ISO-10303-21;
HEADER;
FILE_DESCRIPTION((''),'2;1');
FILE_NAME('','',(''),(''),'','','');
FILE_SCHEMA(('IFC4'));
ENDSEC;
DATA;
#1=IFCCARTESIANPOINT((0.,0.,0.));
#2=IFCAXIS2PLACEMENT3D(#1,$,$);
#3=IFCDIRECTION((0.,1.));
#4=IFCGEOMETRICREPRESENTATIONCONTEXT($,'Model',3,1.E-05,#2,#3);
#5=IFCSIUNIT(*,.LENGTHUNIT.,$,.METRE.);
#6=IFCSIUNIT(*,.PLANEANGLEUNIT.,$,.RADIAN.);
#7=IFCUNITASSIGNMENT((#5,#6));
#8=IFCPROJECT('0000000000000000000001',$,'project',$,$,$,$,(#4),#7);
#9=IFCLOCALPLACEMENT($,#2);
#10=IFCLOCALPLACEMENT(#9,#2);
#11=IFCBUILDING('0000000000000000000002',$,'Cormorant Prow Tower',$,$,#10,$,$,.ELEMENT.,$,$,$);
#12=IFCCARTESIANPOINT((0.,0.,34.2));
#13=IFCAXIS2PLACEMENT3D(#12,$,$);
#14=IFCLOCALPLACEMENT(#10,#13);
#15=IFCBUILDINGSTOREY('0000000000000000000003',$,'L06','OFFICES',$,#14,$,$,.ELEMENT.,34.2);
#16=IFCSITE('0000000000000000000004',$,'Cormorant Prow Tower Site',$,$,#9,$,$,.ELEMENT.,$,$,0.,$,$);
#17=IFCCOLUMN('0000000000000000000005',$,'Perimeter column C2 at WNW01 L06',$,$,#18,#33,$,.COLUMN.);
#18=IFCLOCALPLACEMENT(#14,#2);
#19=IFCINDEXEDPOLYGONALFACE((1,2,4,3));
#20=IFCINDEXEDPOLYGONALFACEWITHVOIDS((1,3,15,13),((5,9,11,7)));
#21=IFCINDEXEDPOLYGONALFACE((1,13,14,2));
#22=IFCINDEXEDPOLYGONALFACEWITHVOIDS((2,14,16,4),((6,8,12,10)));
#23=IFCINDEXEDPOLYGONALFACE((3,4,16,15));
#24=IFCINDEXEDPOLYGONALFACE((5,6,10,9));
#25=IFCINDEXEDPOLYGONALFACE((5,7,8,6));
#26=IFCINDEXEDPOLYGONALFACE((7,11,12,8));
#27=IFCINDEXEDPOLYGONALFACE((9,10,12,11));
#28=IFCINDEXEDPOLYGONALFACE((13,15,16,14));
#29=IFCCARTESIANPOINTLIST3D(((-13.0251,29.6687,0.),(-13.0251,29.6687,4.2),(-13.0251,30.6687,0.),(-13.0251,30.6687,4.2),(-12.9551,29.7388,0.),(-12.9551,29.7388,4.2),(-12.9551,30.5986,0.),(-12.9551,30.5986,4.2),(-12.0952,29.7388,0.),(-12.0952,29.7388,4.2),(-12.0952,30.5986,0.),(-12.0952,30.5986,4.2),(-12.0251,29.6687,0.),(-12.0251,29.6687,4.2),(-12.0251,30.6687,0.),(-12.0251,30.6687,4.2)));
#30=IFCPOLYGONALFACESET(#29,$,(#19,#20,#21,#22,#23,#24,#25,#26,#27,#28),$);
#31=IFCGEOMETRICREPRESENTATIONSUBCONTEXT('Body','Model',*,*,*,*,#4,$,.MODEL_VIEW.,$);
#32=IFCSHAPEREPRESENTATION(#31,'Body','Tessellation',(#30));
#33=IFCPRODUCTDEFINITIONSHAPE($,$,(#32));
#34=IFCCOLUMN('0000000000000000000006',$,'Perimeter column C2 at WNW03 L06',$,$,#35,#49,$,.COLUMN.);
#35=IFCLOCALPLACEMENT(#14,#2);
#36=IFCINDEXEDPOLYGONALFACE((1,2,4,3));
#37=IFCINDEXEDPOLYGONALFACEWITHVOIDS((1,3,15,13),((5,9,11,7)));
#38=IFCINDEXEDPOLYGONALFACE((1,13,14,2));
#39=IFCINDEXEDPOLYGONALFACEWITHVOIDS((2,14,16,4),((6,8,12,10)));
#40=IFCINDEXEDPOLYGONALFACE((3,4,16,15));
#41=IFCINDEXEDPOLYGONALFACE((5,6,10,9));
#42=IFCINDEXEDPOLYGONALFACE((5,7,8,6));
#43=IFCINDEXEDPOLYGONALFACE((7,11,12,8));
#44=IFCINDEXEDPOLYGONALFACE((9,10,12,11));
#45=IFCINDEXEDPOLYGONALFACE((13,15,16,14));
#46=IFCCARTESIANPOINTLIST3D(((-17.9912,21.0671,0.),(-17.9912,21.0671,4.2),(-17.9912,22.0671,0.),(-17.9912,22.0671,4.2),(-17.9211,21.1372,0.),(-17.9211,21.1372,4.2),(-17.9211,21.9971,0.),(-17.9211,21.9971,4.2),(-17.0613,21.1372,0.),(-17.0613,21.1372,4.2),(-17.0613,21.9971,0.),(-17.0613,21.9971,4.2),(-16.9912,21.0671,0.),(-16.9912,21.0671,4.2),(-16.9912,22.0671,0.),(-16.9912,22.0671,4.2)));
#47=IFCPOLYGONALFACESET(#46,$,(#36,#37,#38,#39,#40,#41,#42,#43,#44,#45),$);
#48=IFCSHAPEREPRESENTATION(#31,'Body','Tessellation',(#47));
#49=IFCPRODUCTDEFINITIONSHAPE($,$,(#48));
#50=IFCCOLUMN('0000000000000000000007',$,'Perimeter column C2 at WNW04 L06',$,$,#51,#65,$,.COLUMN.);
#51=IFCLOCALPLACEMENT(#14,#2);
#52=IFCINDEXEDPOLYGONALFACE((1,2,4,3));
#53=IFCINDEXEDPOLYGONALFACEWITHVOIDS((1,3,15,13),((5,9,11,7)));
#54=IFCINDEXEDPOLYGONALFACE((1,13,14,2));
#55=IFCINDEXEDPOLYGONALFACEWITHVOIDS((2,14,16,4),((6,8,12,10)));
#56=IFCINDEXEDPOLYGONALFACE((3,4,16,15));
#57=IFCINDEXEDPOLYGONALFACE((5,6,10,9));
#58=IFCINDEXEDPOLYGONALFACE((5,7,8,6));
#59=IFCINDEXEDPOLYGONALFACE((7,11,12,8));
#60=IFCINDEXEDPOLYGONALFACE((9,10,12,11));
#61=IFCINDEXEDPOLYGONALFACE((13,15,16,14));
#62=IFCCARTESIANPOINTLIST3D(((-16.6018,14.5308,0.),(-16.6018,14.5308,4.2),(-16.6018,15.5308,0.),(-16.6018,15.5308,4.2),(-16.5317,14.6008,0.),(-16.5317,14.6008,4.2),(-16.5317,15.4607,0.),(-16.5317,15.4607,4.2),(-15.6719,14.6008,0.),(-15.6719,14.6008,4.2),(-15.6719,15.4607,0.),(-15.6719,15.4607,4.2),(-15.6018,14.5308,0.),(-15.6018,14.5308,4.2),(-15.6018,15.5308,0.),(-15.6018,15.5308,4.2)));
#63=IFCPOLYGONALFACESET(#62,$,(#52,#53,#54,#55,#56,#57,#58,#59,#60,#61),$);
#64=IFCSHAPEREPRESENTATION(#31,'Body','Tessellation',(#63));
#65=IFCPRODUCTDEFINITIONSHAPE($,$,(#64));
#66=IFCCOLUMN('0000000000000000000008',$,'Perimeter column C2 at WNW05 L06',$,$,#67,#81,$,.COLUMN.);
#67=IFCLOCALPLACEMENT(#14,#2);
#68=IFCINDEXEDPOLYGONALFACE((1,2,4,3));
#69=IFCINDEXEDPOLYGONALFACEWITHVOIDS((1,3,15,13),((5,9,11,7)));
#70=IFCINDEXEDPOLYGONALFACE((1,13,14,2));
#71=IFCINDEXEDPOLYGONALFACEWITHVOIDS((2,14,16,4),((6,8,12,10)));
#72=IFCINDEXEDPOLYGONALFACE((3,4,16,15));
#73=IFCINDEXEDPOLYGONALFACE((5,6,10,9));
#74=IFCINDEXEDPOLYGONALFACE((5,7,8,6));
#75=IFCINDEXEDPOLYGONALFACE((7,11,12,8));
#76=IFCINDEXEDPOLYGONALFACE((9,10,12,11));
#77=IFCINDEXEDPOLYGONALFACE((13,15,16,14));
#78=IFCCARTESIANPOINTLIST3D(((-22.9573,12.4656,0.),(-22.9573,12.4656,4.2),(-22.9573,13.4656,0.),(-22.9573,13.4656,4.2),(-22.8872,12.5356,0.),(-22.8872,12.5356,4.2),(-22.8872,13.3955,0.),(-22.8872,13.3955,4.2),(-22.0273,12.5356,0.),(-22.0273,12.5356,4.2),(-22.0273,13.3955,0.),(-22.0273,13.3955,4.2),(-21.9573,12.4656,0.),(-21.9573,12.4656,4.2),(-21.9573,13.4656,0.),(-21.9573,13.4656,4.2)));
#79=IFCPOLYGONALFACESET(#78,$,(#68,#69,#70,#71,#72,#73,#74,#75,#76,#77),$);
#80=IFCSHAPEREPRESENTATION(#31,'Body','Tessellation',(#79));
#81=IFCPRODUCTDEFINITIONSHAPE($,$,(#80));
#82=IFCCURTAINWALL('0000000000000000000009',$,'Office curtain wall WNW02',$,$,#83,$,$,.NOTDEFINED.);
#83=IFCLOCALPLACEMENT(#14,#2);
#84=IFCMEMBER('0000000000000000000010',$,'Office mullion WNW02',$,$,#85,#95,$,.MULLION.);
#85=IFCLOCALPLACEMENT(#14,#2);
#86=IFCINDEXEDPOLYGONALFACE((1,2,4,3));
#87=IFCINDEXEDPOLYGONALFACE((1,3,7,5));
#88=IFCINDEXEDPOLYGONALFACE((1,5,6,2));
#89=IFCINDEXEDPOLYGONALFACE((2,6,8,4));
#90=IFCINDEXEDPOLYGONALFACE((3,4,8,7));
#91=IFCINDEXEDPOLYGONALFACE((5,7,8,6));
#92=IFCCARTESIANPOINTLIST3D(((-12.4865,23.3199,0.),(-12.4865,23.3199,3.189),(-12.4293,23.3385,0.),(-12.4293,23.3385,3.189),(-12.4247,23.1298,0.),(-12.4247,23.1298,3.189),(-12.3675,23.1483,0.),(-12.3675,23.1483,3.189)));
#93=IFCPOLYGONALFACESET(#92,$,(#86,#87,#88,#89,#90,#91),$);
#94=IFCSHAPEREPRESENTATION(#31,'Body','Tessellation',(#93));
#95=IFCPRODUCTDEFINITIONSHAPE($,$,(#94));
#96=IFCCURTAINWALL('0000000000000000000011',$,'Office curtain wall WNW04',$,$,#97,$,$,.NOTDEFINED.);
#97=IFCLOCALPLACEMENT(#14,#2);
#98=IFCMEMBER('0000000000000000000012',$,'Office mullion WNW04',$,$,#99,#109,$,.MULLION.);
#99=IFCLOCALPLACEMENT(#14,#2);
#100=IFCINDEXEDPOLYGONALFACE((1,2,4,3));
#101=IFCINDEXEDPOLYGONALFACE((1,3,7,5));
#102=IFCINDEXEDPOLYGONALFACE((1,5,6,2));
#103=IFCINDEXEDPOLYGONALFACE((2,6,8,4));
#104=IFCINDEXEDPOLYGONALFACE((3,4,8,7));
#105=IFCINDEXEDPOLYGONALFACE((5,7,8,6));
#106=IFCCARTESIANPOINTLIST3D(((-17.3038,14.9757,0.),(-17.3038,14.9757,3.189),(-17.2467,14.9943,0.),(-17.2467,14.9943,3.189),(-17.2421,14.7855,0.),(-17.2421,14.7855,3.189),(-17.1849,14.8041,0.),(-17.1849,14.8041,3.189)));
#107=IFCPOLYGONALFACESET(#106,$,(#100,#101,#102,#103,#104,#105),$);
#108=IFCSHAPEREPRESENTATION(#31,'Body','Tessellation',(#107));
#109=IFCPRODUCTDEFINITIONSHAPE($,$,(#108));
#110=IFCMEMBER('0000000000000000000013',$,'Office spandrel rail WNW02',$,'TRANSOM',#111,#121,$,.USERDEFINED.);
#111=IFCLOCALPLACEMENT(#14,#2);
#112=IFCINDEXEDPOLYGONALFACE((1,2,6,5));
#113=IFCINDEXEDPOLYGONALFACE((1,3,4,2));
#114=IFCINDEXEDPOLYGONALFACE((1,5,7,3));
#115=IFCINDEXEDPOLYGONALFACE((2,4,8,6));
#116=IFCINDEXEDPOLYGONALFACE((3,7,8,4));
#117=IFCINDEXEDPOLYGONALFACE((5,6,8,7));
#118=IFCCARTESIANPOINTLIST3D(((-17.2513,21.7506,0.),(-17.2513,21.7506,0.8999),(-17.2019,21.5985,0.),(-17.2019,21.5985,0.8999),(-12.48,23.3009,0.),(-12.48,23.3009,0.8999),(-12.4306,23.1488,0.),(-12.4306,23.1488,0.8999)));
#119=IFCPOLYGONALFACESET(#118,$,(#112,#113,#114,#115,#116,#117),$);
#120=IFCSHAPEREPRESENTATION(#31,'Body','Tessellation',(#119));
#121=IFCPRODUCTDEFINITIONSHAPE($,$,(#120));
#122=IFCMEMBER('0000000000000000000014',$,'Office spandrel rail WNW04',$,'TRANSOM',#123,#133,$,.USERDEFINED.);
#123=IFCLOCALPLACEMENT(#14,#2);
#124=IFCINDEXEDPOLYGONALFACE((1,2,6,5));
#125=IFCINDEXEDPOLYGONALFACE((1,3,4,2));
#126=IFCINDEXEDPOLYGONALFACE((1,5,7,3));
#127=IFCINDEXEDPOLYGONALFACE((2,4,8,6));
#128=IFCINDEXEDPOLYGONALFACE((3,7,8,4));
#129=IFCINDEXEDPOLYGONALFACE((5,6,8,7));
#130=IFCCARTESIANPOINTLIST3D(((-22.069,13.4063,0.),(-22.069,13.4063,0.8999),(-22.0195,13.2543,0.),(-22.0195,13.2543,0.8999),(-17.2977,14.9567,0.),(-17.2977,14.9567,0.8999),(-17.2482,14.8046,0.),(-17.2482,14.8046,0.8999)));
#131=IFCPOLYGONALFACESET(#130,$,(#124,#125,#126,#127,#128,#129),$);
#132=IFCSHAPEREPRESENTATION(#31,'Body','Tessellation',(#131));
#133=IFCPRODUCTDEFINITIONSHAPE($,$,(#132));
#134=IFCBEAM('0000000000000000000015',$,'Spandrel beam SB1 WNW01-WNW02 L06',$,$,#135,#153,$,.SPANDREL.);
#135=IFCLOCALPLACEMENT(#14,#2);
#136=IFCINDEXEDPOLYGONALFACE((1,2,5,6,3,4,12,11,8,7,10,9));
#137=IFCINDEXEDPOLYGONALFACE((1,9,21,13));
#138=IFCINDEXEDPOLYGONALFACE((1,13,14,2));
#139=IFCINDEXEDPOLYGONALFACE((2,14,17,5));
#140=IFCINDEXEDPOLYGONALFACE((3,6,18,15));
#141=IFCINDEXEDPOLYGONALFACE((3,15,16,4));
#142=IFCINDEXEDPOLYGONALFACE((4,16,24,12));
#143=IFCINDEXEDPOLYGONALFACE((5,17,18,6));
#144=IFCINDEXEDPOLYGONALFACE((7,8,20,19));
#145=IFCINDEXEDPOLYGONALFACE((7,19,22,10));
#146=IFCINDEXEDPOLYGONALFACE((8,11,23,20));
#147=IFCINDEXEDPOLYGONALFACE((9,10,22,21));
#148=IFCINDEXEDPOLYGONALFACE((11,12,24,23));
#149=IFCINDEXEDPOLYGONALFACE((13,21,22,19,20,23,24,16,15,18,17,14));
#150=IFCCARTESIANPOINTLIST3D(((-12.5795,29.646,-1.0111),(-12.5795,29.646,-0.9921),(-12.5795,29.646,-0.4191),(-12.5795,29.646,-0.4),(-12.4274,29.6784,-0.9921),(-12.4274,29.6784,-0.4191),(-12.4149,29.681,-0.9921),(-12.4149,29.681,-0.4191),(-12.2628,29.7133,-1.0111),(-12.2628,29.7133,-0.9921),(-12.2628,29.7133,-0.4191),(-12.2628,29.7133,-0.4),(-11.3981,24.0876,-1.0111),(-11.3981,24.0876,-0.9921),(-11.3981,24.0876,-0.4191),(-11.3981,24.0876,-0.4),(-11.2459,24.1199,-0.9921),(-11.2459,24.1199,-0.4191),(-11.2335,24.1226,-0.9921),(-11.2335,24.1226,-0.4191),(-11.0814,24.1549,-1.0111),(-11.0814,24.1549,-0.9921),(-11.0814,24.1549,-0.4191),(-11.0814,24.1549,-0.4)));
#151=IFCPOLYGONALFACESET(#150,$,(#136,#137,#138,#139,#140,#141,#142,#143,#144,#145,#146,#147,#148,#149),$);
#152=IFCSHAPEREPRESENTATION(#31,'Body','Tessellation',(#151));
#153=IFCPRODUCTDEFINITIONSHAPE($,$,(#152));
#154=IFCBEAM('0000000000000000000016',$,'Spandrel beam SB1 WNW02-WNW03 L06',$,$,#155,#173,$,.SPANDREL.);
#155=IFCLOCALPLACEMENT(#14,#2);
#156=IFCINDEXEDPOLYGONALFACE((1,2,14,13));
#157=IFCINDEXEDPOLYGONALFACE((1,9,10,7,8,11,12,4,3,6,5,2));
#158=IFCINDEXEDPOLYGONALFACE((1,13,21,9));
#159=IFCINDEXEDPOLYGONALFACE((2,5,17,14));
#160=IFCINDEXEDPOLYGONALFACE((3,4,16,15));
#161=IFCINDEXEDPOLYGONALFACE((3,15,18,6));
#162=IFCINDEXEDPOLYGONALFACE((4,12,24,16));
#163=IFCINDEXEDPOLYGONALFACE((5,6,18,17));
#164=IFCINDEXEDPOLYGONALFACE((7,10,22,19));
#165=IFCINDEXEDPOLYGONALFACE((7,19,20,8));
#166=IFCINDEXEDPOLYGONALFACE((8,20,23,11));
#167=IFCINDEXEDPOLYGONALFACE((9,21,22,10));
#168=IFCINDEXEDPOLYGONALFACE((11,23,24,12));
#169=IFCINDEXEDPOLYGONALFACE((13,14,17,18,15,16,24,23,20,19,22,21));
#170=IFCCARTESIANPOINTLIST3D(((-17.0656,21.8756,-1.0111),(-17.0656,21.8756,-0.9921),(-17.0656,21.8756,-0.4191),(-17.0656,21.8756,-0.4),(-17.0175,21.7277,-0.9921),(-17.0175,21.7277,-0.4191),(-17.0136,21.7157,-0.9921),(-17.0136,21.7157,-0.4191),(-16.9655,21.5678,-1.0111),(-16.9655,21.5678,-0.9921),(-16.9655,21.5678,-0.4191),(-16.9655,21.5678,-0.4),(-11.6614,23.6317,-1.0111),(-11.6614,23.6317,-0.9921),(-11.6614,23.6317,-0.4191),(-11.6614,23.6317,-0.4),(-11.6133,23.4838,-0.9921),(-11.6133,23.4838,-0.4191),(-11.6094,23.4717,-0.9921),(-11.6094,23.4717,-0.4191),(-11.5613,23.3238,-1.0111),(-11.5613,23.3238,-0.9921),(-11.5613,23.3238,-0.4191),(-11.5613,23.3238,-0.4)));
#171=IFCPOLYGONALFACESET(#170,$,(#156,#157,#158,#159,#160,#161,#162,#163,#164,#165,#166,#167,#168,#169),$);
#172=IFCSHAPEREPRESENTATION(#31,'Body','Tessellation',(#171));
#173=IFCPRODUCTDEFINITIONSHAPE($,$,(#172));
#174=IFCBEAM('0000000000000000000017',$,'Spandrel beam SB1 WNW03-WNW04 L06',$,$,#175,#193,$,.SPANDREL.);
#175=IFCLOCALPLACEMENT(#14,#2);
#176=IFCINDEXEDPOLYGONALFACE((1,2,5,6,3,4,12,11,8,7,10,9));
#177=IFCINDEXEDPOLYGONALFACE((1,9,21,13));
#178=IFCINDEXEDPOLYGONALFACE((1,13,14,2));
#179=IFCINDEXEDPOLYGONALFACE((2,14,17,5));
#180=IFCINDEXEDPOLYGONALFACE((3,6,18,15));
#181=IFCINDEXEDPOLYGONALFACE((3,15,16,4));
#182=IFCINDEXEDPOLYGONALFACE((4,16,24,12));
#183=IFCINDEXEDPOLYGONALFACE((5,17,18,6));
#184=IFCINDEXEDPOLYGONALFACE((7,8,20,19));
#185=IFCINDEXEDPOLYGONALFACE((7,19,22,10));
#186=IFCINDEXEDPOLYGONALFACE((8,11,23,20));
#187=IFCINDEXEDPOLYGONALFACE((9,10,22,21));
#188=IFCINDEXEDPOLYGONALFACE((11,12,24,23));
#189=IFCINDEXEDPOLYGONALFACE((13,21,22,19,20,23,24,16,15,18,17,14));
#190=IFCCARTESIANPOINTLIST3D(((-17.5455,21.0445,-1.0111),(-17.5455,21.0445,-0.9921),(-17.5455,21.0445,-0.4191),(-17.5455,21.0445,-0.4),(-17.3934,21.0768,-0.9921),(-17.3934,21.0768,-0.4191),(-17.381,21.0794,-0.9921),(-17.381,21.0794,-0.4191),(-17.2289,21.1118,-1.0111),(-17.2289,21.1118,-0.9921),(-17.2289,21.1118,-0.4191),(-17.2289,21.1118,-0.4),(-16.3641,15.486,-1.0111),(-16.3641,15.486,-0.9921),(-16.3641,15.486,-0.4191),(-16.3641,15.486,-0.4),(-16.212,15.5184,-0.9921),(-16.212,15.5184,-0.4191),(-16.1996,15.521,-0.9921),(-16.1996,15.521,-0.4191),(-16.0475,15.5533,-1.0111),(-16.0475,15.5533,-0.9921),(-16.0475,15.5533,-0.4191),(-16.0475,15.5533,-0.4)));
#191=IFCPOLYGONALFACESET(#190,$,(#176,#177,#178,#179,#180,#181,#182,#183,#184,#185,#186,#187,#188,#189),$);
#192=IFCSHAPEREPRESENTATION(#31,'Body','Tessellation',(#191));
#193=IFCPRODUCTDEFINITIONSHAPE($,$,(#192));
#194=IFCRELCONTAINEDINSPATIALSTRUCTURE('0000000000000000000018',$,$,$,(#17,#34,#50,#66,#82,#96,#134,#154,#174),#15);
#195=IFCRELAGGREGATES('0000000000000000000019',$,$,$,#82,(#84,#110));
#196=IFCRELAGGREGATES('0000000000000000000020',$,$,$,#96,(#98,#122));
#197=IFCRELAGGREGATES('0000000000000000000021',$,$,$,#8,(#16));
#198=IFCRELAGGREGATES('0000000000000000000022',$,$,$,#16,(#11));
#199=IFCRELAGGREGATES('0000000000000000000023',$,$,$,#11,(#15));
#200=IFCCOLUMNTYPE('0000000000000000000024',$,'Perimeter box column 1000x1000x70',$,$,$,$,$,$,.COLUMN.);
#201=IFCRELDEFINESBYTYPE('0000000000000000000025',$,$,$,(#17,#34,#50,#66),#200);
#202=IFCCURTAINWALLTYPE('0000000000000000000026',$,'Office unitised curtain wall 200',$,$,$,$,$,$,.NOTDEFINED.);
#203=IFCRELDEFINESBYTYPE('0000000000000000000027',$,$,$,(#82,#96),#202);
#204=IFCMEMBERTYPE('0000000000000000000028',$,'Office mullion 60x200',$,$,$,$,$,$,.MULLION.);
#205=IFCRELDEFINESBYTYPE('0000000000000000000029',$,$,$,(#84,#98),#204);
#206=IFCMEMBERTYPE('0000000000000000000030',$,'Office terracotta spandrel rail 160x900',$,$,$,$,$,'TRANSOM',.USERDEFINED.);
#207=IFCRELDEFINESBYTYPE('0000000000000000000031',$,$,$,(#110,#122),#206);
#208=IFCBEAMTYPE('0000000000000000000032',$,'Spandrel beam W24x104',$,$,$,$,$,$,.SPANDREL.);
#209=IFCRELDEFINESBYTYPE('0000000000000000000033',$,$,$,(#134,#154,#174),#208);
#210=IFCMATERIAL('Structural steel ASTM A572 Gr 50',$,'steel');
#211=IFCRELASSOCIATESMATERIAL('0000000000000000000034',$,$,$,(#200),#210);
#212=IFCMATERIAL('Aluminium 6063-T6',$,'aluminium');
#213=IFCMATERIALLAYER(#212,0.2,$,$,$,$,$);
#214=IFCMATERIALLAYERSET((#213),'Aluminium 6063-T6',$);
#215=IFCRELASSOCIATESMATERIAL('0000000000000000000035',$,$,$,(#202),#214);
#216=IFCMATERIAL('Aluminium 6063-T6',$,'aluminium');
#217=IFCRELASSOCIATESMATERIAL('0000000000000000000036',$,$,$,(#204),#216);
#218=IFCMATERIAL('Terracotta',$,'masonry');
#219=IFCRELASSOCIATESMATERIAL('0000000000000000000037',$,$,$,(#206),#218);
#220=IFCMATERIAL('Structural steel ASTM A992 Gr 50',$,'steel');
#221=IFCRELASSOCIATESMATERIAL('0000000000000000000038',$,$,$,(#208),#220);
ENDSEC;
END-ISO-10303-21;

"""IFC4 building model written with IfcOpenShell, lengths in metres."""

from ifc_helpers import new_model, si_unit, direction, frame, origin, origin_2d, place, context, subcontext, project, spatial, rectangle, hollow_rectangle, i_section, extrude, material, layer, layer_set, material_profile, profile_set, type_object, element, aggregate, save


model = new_model("IFC4")

# Units and contexts
model_context = context("Model", 3, precision=1e-05, world=origin(), true_north=direction((0.0, 1.0)))
body_context = subcontext(model_context, "Body", "Model", "MODEL_VIEW")
ifc_project = project(units=[si_unit("LENGTHUNIT", "METRE"), si_unit("PLANEANGLEUNIT", "RADIAN")], contexts=[model_context])

# Site, building, storey
site_placement = place(None, origin())
site = spatial("IfcSite", under=ifc_project, at=site_placement, Name="Cormorant Prow Tower Site", CompositionType="ELEMENT", RefElevation=0.0)
building_placement = place(site_placement, origin())
building = spatial("IfcBuilding", under=site, at=building_placement, Name="Cormorant Prow Tower", CompositionType="ELEMENT")
storey_placement = place(building_placement, frame((0.0, 0.0, 34.2)))
storey = spatial("IfcBuildingStorey", under=building, at=storey_placement, Name="L06", Description="OFFICES", CompositionType="ELEMENT", Elevation=34.2)

# Columns
ifc_material_1 = material(Name="Structural steel ASTM A572 Gr 50", Category="steel")
ifc_material_profile_1 = material_profile(ifc_material_1, hollow_rectangle(XDim=1.0, YDim=1.0, WallThickness=0.0701, at=origin_2d()), Name="Box 1000x1000x70")
ifc_profile_set_1 = profile_set([ifc_material_profile_1], Name="Structural steel ASTM A572 Gr 50")
column_type = type_object("IfcColumnType", Name="Perimeter box column 1000x1000x70", PredefinedType="COLUMN", material=ifc_profile_set_1)
for number, where, z_axis, x_axis, name in (
    (1, (-12.5251, 30.1687, 0.0), (0.0, 0.0, 1.0), (1.0, 0.0, 0.0), "Perimeter column C2 at WNW01 L06"),
    (2, (-17.4912, 21.5671, 0.0), (0.0, 0.0, 1.0), (1.0, 0.0, 0.0), "Perimeter column C2 at WNW03 L06"),
    (3, (-16.1018, 15.0308, 0.0), (0.0, 0.0, 1.0), (1.0, 0.0, 0.0), "Perimeter column C2 at WNW04 L06"),
    (4, (-22.4573, 12.9656, 0.0), (0.0, 0.0, 1.0), (1.0, 0.0, 0.0), "Perimeter column C2 at WNW05 L06"),
):
    element("IfcColumn", number, at=place(storey_placement, frame(where, z_axis=z_axis, x_axis=x_axis)), inside=storey, type_object=column_type, Name=name, PredefinedType="COLUMN", context=body_context, shape_type="SweptSolid", body=[
        extrude(hollow_rectangle(XDim=1.0, YDim=1.0, WallThickness=0.0701, at=origin_2d()), origin(), (0.0, 0.0, 1.0), 4.2),
    ])

# Curtain walls, members
ifc_material_2 = material(Name="Aluminium 6063-T6", Category="aluminium")
ifc_layer_1 = layer(ifc_material_2, 0.2)
ifc_layer_set_1 = layer_set([ifc_layer_1], Name="Aluminium 6063-T6")
curtain_wall_type = type_object("IfcCurtainWallType", Name="Office unitised curtain wall 200", PredefinedType="NOTDEFINED", material=ifc_layer_set_1)
curtain_wall_1_placement = place(storey_placement, origin())
curtain_wall_1 = element("IfcCurtainWall", 5, at=curtain_wall_1_placement, inside=storey, type_object=curtain_wall_type, Name="Office curtain wall WNW02", PredefinedType="NOTDEFINED")
ifc_material_3 = material(Name="Aluminium 6063-T6", Category="aluminium")
ifc_material_profile_2 = material_profile(ifc_material_3, rectangle(XDim=0.2, YDim=0.0601, at=origin_2d()), Name="Office mullion 60x200")
ifc_profile_set_2 = profile_set([ifc_material_profile_2], Name="Aluminium 6063-T6")
member_type_1 = type_object("IfcMemberType", Name="Office mullion 60x200", PredefinedType="MULLION", material=ifc_profile_set_2)
member_1_placement = place(storey_placement, frame((-12.427, 23.2341, 0.0), z_axis=(0.0, 0.0, 1.0), x_axis=(0.309017, -0.951057, 0.0)))
member_1 = element("IfcMember", 6, at=member_1_placement, type_object=member_type_1, Name="Office mullion WNW02", PredefinedType="MULLION", context=body_context, shape_type="SweptSolid", body=[
    extrude(rectangle(XDim=0.2, YDim=0.0601, at=origin_2d()), origin(), (0.0, 0.0, 1.0), 3.189),
])
curtain_wall_2_placement = place(storey_placement, origin())
curtain_wall_2 = element("IfcCurtainWall", 7, at=curtain_wall_2_placement, inside=storey, type_object=curtain_wall_type, Name="Office curtain wall WNW04", PredefinedType="NOTDEFINED")
member_2_placement = place(storey_placement, frame((-17.2444, 14.8899, 0.0), z_axis=(0.0, 0.0, 1.0), x_axis=(0.309017, -0.951057, 0.0)))
member_2 = element("IfcMember", 8, at=member_2_placement, type_object=member_type_1, Name="Office mullion WNW04", PredefinedType="MULLION", context=body_context, shape_type="SweptSolid", body=[
    extrude(rectangle(XDim=0.2, YDim=0.0601, at=origin_2d()), origin(), (0.0, 0.0, 1.0), 3.189),
])

# Members
ifc_material_4 = material(Name="Terracotta", Category="masonry")
ifc_material_profile_3 = material_profile(ifc_material_4, rectangle(XDim=0.1599, YDim=0.8999, at=origin_2d()), Name="Office terracotta spandrel rail 160x900")
ifc_profile_set_3 = profile_set([ifc_material_profile_3], Name="Terracotta")
member_type_2 = type_object("IfcMemberType", Name="Office terracotta spandrel rail 160x900", ElementType="TRANSOM", PredefinedType="USERDEFINED", material=ifc_profile_set_3)
member_3_placement = place(storey_placement, frame((-12.4553, 23.2249, 0.45), z_axis=(-0.951055, -0.309021, 0.0), x_axis=(0.309021, -0.951055, 0.0)))
member_3 = element("IfcMember", 9, at=member_3_placement, type_object=member_type_2, Name="Office spandrel rail WNW02", ObjectType="TRANSOM", PredefinedType="USERDEFINED", context=body_context, shape_type="SweptSolid", body=[
    extrude(rectangle(XDim=0.1599, YDim=0.8999, at=origin_2d()), origin(), (0.0, 0.0, 1.0), 5.0168),
])
member_4_placement = place(storey_placement, frame((-17.2729, 14.8806, 0.45), z_axis=(-0.951055, -0.309021, 0.0), x_axis=(0.309021, -0.951055, 0.0)))
member_4 = element("IfcMember", 10, at=member_4_placement, type_object=member_type_2, Name="Office spandrel rail WNW04", ObjectType="TRANSOM", PredefinedType="USERDEFINED", context=body_context, shape_type="SweptSolid", body=[
    extrude(rectangle(XDim=0.1599, YDim=0.8999, at=origin_2d()), origin(), (0.0, 0.0, 1.0), 5.0168),
])

# Beams
ifc_material_5 = material(Name="Structural steel ASTM A992 Gr 50", Category="steel")
ifc_material_profile_4 = material_profile(ifc_material_5, i_section(OverallWidth=0.3237, OverallDepth=0.6111, WebThickness=0.0127, FlangeThickness=0.019, at=origin_2d()), Name="W24x104")
ifc_profile_set_4 = profile_set([ifc_material_profile_4], Name="Structural steel ASTM A992 Gr 50")
beam_type = type_object("IfcBeamType", Name="Spandrel beam W24x104", PredefinedType="SPANDREL", material=ifc_profile_set_4)
beam_1_placement = place(storey_placement, frame((-12.4211, 29.6797, -0.7056), z_axis=(0.2079, -0.97815, 0.0), x_axis=(0.97815, 0.2079, 0.0)))
element("IfcBeam", 11, at=beam_1_placement, inside=storey, type_object=beam_type, Name="Spandrel beam SB1 WNW01-WNW02 L06", PredefinedType="SPANDREL", context=body_context, shape_type="SweptSolid", body=[
    extrude(i_section(OverallWidth=0.3237, OverallDepth=0.6111, WebThickness=0.0127, FlangeThickness=0.019, at=origin_2d()), origin(), (0.0, 0.0, 1.0), 5.6826),
])
beam_2_placement = place(storey_placement, frame((-11.6113, 23.4778, -0.7056), z_axis=(-0.951049, -0.309039, 0.0), x_axis=(0.309039, -0.951049, 0.0)))
element("IfcBeam", 12, at=beam_2_placement, inside=storey, type_object=beam_type, Name="Spandrel beam SB1 WNW02-WNW03 L06", PredefinedType="SPANDREL", context=body_context, shape_type="SweptSolid", body=[
    extrude(i_section(OverallWidth=0.3237, OverallDepth=0.6111, WebThickness=0.0127, FlangeThickness=0.019, at=origin_2d()), origin(), (0.0, 0.0, 1.0), 5.6824),
])
beam_3_placement = place(storey_placement, frame((-17.3872, 21.0781, -0.7056), z_axis=(0.2079, -0.97815, 0.0), x_axis=(0.97815, 0.2079, 0.0)))
element("IfcBeam", 13, at=beam_3_placement, inside=storey, type_object=beam_type, Name="Spandrel beam SB1 WNW03-WNW04 L06", PredefinedType="SPANDREL", context=body_context, shape_type="SweptSolid", body=[
    extrude(i_section(OverallWidth=0.3237, OverallDepth=0.6111, WebThickness=0.0127, FlangeThickness=0.019, at=origin_2d()), origin(), (0.0, 0.0, 1.0), 5.6826),
])

aggregate(curtain_wall_1, [member_1, member_3])
aggregate(curtain_wall_2, [member_2, member_4])

save(model, "model.ifc")
